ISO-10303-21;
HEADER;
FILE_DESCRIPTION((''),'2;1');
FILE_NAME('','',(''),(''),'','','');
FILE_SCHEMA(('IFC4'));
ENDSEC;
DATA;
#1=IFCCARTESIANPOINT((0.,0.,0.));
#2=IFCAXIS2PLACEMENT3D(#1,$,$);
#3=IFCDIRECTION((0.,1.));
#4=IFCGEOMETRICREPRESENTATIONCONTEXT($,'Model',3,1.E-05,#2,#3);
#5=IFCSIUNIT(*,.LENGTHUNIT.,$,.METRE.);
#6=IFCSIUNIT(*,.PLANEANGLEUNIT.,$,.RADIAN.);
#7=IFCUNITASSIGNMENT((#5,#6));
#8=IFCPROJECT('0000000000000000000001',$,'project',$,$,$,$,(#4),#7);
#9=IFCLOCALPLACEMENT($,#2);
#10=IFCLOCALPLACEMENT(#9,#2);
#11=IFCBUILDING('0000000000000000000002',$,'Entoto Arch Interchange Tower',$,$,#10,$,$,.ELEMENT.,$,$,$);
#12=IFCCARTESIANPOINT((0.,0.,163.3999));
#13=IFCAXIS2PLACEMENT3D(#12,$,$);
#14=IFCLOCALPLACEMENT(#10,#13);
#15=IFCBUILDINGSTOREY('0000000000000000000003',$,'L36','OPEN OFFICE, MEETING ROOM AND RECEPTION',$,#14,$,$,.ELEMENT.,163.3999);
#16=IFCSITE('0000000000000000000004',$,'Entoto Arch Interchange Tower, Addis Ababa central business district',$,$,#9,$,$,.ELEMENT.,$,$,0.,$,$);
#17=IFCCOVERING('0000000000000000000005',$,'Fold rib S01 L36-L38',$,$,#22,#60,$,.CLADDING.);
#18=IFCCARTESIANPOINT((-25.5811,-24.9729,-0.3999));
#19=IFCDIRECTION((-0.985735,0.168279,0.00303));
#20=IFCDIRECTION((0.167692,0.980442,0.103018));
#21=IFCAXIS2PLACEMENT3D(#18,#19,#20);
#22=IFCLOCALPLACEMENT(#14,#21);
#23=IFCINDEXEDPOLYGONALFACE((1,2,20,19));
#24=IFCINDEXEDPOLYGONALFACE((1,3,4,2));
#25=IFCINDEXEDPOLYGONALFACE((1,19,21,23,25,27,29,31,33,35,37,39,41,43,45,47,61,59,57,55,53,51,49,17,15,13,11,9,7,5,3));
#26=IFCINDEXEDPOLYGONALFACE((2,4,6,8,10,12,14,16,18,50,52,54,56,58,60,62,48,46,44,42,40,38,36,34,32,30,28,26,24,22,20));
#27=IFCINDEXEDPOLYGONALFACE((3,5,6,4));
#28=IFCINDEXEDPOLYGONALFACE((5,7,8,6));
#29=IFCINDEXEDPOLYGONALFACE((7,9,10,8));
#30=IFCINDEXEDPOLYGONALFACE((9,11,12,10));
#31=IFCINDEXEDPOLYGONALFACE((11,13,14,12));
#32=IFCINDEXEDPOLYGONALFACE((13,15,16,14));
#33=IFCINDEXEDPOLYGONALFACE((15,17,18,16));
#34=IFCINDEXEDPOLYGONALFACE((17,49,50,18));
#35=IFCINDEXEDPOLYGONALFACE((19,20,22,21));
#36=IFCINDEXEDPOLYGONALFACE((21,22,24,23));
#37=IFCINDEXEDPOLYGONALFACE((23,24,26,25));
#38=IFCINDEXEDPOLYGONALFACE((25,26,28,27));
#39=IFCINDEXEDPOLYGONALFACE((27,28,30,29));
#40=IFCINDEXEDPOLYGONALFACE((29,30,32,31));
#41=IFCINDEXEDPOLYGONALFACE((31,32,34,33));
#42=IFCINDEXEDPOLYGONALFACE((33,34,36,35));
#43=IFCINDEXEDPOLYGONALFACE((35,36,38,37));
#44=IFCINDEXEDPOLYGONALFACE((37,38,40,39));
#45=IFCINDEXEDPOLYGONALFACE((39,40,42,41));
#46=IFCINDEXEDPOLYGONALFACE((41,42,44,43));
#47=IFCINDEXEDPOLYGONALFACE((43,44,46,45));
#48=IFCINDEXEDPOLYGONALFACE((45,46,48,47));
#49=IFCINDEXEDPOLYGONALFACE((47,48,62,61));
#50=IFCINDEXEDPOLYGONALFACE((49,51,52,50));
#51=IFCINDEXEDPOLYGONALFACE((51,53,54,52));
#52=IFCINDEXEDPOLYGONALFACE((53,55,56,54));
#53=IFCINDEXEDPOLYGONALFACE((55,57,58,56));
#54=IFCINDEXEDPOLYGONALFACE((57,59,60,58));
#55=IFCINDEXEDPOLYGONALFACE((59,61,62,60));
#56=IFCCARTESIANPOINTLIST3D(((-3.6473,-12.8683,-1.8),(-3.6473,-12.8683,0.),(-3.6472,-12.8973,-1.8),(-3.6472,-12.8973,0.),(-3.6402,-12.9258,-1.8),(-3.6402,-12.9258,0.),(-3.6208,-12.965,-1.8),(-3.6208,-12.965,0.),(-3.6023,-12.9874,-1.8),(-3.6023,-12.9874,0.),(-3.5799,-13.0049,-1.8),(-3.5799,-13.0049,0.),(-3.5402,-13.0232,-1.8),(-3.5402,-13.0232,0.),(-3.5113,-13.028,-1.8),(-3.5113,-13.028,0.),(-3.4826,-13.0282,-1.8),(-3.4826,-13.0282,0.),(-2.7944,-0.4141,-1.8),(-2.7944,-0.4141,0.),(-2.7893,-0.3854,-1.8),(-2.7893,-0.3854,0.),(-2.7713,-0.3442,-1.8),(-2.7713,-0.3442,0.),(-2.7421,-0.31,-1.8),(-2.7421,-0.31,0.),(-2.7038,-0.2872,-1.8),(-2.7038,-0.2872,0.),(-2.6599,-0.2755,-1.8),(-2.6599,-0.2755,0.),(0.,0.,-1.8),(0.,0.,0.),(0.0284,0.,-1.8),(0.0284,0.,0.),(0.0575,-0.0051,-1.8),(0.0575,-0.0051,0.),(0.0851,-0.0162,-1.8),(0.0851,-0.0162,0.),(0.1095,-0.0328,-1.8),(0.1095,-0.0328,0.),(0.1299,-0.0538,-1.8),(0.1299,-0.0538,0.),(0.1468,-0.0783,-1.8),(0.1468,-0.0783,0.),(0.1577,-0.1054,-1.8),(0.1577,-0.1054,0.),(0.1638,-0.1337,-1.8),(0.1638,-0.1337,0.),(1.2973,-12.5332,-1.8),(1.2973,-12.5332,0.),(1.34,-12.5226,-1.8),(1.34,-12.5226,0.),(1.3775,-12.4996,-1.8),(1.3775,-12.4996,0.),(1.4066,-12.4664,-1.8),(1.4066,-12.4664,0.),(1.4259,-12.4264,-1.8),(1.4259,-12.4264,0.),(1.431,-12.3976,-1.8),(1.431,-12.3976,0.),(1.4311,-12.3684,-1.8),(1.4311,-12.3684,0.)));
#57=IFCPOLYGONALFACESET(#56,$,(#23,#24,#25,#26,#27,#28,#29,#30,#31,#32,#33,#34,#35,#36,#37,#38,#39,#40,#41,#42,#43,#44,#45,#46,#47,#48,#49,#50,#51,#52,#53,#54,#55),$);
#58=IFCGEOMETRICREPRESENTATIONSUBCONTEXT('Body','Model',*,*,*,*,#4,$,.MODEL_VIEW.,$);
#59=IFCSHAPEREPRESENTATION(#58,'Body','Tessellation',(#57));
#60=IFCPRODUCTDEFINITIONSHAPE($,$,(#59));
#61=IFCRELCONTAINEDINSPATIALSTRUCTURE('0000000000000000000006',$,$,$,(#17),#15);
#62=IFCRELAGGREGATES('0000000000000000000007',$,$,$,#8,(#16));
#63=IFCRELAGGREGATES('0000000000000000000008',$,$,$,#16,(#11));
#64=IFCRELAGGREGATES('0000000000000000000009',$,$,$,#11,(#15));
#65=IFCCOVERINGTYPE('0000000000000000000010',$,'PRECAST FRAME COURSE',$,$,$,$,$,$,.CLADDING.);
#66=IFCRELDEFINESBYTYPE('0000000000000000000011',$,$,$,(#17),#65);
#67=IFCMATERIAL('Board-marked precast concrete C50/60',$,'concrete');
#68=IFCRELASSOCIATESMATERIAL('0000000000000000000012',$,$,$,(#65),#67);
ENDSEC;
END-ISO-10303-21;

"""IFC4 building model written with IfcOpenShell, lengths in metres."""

from ifc_helpers import new_model, si_unit, direction, frame, origin, place, context, subcontext, project, spatial, polyline, outline, extrude, material, type_object, element, save


model = new_model("IFC4")

# Units and contexts
model_context = context("Model", 3, precision=1e-05, world=origin(), true_north=direction((0.0, 1.0)))
body_context = subcontext(model_context, "Body", "Model", "MODEL_VIEW")
ifc_project = project(units=[si_unit("LENGTHUNIT", "METRE"), si_unit("PLANEANGLEUNIT", "RADIAN")], contexts=[model_context])

# Site, building, storey
site_placement = place(None, origin())
site = spatial("IfcSite", under=ifc_project, at=site_placement, Name="Entoto Arch Interchange Tower, Addis Ababa central business district", CompositionType="ELEMENT", RefElevation=0.0)
building_placement = place(site_placement, origin())
building = spatial("IfcBuilding", under=site, at=building_placement, Name="Entoto Arch Interchange Tower", CompositionType="ELEMENT")
storey_placement = place(building_placement, frame((0.0, 0.0, 163.3999)))
storey = spatial("IfcBuildingStorey", under=building, at=storey_placement, Name="L36", Description="OPEN OFFICE, MEETING ROOM AND RECEPTION", CompositionType="ELEMENT", Elevation=163.3999)

# Covering
ifc_material_1 = material(Name="Board-marked precast concrete C50/60", Category="concrete")
covering_type = type_object("IfcCoveringType", Name="PRECAST FRAME COURSE", PredefinedType="CLADDING", material=ifc_material_1)
covering_placement = place(storey_placement, frame((-25.5811, -24.9729, -0.3999), z_axis=(-0.985735, 0.168279, 0.00303), x_axis=(0.167692, 0.980442, 0.103018)))
element("IfcCovering", 1, at=covering_placement, inside=storey, type_object=covering_type, Name="Fold rib S01 L36-L38", PredefinedType="CLADDING", context=body_context, shape_type="SweptSolid", body=[
    extrude(outline(polyline([(0.0, 0.0), (0.0284, 0.0), (0.0575, -0.0051), (0.0851, -0.0162), (0.1095, -0.0328), (0.1299, -0.0538), (0.1468, -0.0783), (0.1577, -0.1054), (0.1638, -0.1337), (1.4311, -12.3684), (1.431, -12.3976), (1.4259, -12.4264), (1.4066, -12.4664), (1.3775, -12.4996), (1.34, -12.5226), (1.2973, -12.5332), (-3.4826, -13.0282), (-3.5113, -13.028), (-3.5402, -13.0232), (-3.5799, -13.0049), (-3.6023, -12.9874), (-3.6208, -12.965), (-3.6402, -12.9258), (-3.6472, -12.8973), (-3.6473, -12.8683), (-2.7944, -0.4141), (-2.7893, -0.3854), (-2.7713, -0.3442), (-2.7421, -0.31), (-2.7038, -0.2872), (-2.6599, -0.2755), (0.0, 0.0)])), origin(), (0.0, 0.0, -1.0), 1.8),
])

save(model, "model.ifc")
